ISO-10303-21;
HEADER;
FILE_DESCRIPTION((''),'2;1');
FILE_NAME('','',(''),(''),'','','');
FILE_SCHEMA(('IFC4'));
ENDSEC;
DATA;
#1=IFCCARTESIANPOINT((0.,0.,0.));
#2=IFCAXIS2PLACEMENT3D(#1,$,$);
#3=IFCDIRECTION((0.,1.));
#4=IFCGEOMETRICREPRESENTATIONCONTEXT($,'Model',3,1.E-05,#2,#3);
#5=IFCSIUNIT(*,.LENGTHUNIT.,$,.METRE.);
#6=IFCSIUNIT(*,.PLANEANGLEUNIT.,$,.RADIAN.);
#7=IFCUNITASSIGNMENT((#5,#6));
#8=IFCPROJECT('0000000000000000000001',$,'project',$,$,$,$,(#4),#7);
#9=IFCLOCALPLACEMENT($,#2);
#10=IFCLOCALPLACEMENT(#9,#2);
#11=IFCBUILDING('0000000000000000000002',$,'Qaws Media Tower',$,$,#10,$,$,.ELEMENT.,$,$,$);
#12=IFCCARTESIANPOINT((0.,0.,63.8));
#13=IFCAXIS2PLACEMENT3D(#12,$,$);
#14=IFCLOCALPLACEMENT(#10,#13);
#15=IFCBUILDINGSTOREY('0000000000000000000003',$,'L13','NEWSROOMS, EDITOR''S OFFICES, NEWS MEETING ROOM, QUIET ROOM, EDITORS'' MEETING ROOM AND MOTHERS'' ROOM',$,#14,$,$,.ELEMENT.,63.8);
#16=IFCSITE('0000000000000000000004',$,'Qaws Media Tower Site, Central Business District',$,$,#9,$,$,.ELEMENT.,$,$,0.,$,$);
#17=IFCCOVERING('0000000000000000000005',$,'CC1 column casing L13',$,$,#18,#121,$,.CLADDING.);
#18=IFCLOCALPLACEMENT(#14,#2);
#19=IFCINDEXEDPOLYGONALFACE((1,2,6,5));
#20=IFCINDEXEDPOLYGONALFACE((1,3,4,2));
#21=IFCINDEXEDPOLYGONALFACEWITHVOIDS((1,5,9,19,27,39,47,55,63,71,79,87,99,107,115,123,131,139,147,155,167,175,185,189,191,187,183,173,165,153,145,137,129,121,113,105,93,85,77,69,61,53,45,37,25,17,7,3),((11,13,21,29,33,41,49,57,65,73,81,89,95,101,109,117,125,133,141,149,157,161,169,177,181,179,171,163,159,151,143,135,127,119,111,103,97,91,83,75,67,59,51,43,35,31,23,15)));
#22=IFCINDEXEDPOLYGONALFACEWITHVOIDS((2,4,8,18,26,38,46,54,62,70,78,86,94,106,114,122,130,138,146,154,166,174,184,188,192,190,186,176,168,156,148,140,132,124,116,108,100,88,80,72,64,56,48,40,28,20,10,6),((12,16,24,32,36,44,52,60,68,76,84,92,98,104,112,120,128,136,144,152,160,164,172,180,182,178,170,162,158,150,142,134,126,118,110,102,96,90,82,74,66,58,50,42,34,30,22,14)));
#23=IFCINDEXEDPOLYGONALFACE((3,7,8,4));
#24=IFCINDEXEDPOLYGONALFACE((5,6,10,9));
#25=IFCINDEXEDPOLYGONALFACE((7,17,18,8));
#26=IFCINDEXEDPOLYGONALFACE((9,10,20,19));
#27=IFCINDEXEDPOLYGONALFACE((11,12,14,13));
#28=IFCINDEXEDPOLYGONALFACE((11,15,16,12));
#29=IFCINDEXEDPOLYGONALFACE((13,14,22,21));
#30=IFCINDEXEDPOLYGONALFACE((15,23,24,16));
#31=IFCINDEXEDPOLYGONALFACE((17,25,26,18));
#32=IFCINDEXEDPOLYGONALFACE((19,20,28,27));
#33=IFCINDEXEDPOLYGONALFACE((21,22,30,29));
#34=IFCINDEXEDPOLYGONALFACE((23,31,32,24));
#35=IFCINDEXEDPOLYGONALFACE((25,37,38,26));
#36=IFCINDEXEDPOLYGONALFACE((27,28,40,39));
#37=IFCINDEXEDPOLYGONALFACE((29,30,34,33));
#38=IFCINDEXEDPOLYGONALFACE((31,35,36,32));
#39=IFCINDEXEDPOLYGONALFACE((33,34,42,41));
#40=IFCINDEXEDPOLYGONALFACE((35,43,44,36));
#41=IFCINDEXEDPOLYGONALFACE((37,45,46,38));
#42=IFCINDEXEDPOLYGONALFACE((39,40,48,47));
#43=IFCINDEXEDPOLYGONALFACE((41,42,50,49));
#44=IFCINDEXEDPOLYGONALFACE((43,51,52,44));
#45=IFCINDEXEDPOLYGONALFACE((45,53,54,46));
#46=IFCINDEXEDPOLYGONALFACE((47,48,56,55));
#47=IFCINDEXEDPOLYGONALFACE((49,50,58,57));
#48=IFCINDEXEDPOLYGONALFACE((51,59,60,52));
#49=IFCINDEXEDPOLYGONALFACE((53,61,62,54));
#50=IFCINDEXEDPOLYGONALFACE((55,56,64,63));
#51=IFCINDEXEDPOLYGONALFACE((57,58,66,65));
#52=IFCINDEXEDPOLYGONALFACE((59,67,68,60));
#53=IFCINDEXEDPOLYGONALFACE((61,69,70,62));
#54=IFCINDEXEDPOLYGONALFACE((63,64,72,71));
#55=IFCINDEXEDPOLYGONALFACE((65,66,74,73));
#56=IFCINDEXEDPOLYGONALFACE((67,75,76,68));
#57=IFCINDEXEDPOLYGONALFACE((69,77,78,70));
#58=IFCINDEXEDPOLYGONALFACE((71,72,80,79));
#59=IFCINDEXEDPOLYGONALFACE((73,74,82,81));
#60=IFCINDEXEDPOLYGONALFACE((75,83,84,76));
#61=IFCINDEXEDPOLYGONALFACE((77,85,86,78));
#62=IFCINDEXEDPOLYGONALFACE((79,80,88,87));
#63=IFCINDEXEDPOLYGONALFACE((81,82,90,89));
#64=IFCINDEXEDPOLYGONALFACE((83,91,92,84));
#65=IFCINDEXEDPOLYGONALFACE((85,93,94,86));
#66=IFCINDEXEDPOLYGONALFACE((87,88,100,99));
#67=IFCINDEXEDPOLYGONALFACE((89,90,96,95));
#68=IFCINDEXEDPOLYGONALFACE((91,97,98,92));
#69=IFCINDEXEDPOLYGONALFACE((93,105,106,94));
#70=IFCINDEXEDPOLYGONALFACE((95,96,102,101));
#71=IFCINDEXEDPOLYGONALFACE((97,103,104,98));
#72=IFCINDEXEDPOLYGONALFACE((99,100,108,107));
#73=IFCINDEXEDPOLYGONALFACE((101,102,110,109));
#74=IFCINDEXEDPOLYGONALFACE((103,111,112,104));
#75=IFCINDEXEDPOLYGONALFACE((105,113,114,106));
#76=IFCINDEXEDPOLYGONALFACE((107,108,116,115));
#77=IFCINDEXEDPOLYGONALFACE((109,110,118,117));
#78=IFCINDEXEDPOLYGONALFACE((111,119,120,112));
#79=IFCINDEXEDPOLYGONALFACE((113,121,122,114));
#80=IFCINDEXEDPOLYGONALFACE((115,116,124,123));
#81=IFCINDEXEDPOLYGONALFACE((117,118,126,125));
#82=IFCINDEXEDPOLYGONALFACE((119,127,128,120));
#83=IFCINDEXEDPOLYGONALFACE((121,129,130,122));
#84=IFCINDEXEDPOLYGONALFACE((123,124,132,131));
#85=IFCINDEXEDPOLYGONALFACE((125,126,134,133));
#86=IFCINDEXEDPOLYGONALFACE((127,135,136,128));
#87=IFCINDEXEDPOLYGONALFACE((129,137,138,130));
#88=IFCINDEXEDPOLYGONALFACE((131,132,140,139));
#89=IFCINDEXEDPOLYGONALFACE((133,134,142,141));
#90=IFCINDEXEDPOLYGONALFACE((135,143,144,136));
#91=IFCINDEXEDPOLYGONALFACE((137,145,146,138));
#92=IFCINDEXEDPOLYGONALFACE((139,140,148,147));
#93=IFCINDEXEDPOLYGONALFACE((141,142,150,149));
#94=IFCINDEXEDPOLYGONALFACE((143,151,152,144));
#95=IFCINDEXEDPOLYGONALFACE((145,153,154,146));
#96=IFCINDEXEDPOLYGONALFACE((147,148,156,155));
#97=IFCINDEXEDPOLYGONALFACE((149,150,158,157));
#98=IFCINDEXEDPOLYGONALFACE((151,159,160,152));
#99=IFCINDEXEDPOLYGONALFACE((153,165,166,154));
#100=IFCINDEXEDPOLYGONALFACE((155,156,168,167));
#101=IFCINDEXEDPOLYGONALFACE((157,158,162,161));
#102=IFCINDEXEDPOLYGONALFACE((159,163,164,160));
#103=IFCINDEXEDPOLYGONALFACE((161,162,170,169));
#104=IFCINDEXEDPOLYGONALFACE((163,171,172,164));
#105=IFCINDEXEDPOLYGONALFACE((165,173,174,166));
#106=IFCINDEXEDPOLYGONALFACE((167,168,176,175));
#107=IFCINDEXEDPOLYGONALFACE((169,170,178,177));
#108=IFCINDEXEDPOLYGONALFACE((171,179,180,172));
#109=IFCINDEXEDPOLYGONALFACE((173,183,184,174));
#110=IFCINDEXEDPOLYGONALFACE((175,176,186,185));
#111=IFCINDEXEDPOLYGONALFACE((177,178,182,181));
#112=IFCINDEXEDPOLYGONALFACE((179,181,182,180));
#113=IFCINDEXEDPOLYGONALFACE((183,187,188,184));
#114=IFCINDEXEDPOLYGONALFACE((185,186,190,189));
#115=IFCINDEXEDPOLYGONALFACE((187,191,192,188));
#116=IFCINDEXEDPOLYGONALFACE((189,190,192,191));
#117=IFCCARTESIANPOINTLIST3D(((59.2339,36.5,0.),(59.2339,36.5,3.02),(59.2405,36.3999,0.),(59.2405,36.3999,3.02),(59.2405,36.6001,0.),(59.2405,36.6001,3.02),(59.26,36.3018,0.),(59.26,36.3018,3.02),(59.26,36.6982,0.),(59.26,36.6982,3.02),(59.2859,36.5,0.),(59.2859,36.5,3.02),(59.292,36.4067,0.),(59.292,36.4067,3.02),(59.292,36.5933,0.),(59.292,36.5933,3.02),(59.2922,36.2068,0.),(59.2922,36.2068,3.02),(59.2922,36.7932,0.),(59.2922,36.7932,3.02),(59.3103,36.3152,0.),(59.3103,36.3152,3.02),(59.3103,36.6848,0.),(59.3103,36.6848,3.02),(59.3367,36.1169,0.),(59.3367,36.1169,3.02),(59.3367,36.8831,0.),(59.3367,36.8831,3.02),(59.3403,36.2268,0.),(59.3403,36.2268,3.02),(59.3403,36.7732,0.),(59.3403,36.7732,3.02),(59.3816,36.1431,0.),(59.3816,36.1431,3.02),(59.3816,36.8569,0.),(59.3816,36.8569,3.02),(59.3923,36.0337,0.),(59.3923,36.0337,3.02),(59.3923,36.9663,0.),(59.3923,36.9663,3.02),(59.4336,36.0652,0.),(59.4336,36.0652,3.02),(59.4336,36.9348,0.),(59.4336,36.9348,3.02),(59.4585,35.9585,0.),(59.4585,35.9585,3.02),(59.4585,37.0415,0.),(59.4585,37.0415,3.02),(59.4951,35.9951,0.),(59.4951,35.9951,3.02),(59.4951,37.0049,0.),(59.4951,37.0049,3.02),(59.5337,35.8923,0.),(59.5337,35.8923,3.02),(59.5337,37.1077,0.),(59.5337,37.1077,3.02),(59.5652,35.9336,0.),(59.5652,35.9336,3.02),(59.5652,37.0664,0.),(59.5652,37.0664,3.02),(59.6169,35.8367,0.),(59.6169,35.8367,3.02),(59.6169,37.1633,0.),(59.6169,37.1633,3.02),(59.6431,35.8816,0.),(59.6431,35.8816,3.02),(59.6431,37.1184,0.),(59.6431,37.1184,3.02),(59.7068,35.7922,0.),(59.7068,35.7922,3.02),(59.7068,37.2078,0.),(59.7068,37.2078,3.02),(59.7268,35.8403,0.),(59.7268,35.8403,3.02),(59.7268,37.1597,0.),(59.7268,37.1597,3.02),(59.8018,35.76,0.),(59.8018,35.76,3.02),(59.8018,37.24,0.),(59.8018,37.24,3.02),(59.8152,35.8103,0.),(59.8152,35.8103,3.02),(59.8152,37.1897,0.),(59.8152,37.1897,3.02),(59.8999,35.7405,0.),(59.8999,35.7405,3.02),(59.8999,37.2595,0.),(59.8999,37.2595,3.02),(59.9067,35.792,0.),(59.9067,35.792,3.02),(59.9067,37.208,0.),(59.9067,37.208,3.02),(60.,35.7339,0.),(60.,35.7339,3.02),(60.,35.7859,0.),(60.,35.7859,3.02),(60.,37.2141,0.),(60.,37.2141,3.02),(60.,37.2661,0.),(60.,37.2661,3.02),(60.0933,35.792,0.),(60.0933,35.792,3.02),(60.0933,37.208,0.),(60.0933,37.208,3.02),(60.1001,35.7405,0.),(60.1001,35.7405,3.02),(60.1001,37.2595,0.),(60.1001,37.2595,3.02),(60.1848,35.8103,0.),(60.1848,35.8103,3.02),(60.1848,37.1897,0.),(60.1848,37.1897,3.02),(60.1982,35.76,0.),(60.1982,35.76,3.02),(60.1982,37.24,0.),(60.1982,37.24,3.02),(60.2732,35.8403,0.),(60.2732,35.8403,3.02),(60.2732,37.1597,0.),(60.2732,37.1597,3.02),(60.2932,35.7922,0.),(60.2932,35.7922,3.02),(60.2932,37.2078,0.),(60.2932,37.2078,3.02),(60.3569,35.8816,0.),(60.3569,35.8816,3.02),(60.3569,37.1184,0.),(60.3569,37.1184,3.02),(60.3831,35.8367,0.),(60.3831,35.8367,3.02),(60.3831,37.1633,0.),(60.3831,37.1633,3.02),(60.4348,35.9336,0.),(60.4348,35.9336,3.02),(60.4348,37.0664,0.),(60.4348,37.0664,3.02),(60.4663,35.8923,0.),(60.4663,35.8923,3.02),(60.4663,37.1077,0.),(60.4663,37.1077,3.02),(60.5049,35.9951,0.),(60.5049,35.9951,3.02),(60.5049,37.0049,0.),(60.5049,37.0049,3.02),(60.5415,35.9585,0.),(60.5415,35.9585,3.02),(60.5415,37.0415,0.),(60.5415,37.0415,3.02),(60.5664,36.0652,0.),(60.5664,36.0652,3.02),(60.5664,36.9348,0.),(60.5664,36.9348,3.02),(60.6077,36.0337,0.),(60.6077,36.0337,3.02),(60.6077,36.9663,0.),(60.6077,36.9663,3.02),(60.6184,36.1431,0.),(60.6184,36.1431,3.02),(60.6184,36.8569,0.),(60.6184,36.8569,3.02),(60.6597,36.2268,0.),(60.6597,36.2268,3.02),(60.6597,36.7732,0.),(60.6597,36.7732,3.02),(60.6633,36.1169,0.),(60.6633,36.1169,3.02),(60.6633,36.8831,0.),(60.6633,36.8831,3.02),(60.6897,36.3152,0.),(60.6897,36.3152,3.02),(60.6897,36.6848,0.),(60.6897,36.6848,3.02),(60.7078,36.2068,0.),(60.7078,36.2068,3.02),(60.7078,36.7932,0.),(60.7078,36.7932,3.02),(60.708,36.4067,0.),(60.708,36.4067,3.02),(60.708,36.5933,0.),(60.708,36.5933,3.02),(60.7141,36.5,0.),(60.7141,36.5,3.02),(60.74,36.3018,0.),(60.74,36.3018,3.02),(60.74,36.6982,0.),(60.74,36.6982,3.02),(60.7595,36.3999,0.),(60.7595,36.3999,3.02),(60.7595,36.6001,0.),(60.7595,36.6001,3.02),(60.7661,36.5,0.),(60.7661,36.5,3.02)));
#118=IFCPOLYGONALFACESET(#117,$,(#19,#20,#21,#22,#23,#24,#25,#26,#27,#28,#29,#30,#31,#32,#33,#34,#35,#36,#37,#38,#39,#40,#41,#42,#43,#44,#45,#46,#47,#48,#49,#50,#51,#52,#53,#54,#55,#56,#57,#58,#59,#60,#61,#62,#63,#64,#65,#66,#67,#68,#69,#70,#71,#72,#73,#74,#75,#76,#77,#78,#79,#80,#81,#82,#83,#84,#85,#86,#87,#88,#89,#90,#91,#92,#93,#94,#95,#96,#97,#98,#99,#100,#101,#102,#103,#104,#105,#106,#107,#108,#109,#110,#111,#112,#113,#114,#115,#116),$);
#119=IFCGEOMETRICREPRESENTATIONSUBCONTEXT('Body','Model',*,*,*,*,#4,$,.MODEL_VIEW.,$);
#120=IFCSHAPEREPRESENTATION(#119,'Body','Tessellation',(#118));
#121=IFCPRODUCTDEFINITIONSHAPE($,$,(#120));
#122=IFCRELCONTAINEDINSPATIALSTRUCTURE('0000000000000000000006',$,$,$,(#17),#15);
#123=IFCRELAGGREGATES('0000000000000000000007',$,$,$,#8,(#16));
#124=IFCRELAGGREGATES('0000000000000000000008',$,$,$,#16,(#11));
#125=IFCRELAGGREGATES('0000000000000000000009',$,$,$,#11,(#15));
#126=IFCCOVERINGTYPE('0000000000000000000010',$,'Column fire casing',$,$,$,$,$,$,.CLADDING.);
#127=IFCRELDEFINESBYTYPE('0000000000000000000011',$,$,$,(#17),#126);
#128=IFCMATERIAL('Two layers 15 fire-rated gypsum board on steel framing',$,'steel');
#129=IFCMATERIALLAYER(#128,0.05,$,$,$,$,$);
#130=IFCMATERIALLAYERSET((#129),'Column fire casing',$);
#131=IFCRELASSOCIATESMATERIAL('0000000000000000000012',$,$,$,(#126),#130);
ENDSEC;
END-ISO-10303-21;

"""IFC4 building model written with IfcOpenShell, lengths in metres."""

from ifc_helpers import new_model, si_unit, direction, frame, origin, place, context, subcontext, project, spatial, polyline, outline, extrude, material, layer, layer_set, type_object, element, save


model = new_model("IFC4")

# Units and contexts
model_context = context("Model", 3, precision=1e-05, world=origin(), true_north=direction((0.0, 1.0)))
body_context = subcontext(model_context, "Body", "Model", "MODEL_VIEW")
ifc_project = project(units=[si_unit("LENGTHUNIT", "METRE"), si_unit("PLANEANGLEUNIT", "RADIAN")], contexts=[model_context])

# Site, building, storey
site_placement = place(None, origin())
site = spatial("IfcSite", under=ifc_project, at=site_placement, Name="Qaws Media Tower Site, Central Business District", CompositionType="ELEMENT", RefElevation=0.0)
building_placement = place(site_placement, origin())
building = spatial("IfcBuilding", under=site, at=building_placement, Name="Qaws Media Tower", CompositionType="ELEMENT")
storey_placement = place(building_placement, frame((0.0, 0.0, 63.8)))
storey = spatial("IfcBuildingStorey", under=building, at=storey_placement, Name="L13", Description="NEWSROOMS, EDITOR'S OFFICES, NEWS MEETING ROOM, QUIET ROOM, EDITORS' MEETING ROOM AND MOTHERS' ROOM", CompositionType="ELEMENT", Elevation=63.8)

# Covering
ifc_material_1 = material(Name="Two layers 15 fire-rated gypsum board on steel framing", Category="steel")
ifc_layer_1 = layer(ifc_material_1, 0.05)
ifc_layer_set_1 = layer_set([ifc_layer_1], Name="Column fire casing")
covering_type = type_object("IfcCoveringType", Name="Column fire casing", PredefinedType="CLADDING", material=ifc_layer_set_1)
covering_1_placement = place(storey_placement, origin())
element("IfcCovering", 1, at=covering_1_placement, inside=storey, type_object=covering_type, Name="CC1 column casing L13", PredefinedType="CLADDING", context=body_context, shape_type="SweptSolid", body=[
    extrude(outline(polyline([(60.7661, 36.5), (60.7595, 36.3999), (60.74, 36.3018), (60.7078, 36.2068), (60.6633, 36.1169), (60.6077, 36.0337), (60.5415, 35.9585), (60.4663, 35.8923), (60.3831, 35.8367), (60.2932, 35.7922), (60.1982, 35.76), (60.1001, 35.7405), (60.0, 35.7339), (59.8999, 35.7405), (59.8018, 35.76), (59.7068, 35.7922), (59.6169, 35.8367), (59.5337, 35.8923), (59.4585, 35.9585), (59.3923, 36.0337), (59.3367, 36.1169), (59.2922, 36.2068), (59.26, 36.3018), (59.2405, 36.3999), (59.2339, 36.5), (59.2405, 36.6001), (59.26, 36.6982), (59.2922, 36.7932), (59.3367, 36.8831), (59.3923, 36.9663), (59.4585, 37.0415), (59.5337, 37.1077), (59.6169, 37.1633), (59.7068, 37.2078), (59.8018, 37.24), (59.8999, 37.2595), (60.0, 37.2661), (60.1001, 37.2595), (60.1982, 37.24), (60.2932, 37.2078), (60.3831, 37.1633), (60.4663, 37.1077), (60.5415, 37.0415), (60.6077, 36.9663), (60.6633, 36.8831), (60.7078, 36.7932), (60.74, 36.6982), (60.7595, 36.6001), (60.7661, 36.5)]), holes=[polyline([(60.7141, 36.5), (60.708, 36.4067), (60.6897, 36.3152), (60.6597, 36.2268), (60.6184, 36.1431), (60.5664, 36.0652), (60.5049, 35.9951), (60.4348, 35.9336), (60.3569, 35.8816), (60.2732, 35.8403), (60.1848, 35.8103), (60.0933, 35.792), (60.0, 35.7859), (59.9067, 35.792), (59.8152, 35.8103), (59.7268, 35.8403), (59.6431, 35.8816), (59.5652, 35.9336), (59.4951, 35.9951), (59.4336, 36.0652), (59.3816, 36.1431), (59.3403, 36.2268), (59.3103, 36.3152), (59.292, 36.4067), (59.2859, 36.5), (59.292, 36.5933), (59.3103, 36.6848), (59.3403, 36.7732), (59.3816, 36.8569), (59.4336, 36.9348), (59.4951, 37.0049), (59.5652, 37.0664), (59.6431, 37.1184), (59.7268, 37.1597), (59.8152, 37.1897), (59.9067, 37.208), (60.0, 37.2141), (60.0933, 37.208), (60.1848, 37.1897), (60.2732, 37.1597), (60.3569, 37.1184), (60.4348, 37.0664), (60.5049, 37.0049), (60.5664, 36.9348), (60.6184, 36.8569), (60.6597, 36.7732), (60.6897, 36.6848), (60.708, 36.5933), (60.7141, 36.5)])]), origin(), (0.0, 0.0, 1.0), 3.02),
])

save(model, "model.ifc")
